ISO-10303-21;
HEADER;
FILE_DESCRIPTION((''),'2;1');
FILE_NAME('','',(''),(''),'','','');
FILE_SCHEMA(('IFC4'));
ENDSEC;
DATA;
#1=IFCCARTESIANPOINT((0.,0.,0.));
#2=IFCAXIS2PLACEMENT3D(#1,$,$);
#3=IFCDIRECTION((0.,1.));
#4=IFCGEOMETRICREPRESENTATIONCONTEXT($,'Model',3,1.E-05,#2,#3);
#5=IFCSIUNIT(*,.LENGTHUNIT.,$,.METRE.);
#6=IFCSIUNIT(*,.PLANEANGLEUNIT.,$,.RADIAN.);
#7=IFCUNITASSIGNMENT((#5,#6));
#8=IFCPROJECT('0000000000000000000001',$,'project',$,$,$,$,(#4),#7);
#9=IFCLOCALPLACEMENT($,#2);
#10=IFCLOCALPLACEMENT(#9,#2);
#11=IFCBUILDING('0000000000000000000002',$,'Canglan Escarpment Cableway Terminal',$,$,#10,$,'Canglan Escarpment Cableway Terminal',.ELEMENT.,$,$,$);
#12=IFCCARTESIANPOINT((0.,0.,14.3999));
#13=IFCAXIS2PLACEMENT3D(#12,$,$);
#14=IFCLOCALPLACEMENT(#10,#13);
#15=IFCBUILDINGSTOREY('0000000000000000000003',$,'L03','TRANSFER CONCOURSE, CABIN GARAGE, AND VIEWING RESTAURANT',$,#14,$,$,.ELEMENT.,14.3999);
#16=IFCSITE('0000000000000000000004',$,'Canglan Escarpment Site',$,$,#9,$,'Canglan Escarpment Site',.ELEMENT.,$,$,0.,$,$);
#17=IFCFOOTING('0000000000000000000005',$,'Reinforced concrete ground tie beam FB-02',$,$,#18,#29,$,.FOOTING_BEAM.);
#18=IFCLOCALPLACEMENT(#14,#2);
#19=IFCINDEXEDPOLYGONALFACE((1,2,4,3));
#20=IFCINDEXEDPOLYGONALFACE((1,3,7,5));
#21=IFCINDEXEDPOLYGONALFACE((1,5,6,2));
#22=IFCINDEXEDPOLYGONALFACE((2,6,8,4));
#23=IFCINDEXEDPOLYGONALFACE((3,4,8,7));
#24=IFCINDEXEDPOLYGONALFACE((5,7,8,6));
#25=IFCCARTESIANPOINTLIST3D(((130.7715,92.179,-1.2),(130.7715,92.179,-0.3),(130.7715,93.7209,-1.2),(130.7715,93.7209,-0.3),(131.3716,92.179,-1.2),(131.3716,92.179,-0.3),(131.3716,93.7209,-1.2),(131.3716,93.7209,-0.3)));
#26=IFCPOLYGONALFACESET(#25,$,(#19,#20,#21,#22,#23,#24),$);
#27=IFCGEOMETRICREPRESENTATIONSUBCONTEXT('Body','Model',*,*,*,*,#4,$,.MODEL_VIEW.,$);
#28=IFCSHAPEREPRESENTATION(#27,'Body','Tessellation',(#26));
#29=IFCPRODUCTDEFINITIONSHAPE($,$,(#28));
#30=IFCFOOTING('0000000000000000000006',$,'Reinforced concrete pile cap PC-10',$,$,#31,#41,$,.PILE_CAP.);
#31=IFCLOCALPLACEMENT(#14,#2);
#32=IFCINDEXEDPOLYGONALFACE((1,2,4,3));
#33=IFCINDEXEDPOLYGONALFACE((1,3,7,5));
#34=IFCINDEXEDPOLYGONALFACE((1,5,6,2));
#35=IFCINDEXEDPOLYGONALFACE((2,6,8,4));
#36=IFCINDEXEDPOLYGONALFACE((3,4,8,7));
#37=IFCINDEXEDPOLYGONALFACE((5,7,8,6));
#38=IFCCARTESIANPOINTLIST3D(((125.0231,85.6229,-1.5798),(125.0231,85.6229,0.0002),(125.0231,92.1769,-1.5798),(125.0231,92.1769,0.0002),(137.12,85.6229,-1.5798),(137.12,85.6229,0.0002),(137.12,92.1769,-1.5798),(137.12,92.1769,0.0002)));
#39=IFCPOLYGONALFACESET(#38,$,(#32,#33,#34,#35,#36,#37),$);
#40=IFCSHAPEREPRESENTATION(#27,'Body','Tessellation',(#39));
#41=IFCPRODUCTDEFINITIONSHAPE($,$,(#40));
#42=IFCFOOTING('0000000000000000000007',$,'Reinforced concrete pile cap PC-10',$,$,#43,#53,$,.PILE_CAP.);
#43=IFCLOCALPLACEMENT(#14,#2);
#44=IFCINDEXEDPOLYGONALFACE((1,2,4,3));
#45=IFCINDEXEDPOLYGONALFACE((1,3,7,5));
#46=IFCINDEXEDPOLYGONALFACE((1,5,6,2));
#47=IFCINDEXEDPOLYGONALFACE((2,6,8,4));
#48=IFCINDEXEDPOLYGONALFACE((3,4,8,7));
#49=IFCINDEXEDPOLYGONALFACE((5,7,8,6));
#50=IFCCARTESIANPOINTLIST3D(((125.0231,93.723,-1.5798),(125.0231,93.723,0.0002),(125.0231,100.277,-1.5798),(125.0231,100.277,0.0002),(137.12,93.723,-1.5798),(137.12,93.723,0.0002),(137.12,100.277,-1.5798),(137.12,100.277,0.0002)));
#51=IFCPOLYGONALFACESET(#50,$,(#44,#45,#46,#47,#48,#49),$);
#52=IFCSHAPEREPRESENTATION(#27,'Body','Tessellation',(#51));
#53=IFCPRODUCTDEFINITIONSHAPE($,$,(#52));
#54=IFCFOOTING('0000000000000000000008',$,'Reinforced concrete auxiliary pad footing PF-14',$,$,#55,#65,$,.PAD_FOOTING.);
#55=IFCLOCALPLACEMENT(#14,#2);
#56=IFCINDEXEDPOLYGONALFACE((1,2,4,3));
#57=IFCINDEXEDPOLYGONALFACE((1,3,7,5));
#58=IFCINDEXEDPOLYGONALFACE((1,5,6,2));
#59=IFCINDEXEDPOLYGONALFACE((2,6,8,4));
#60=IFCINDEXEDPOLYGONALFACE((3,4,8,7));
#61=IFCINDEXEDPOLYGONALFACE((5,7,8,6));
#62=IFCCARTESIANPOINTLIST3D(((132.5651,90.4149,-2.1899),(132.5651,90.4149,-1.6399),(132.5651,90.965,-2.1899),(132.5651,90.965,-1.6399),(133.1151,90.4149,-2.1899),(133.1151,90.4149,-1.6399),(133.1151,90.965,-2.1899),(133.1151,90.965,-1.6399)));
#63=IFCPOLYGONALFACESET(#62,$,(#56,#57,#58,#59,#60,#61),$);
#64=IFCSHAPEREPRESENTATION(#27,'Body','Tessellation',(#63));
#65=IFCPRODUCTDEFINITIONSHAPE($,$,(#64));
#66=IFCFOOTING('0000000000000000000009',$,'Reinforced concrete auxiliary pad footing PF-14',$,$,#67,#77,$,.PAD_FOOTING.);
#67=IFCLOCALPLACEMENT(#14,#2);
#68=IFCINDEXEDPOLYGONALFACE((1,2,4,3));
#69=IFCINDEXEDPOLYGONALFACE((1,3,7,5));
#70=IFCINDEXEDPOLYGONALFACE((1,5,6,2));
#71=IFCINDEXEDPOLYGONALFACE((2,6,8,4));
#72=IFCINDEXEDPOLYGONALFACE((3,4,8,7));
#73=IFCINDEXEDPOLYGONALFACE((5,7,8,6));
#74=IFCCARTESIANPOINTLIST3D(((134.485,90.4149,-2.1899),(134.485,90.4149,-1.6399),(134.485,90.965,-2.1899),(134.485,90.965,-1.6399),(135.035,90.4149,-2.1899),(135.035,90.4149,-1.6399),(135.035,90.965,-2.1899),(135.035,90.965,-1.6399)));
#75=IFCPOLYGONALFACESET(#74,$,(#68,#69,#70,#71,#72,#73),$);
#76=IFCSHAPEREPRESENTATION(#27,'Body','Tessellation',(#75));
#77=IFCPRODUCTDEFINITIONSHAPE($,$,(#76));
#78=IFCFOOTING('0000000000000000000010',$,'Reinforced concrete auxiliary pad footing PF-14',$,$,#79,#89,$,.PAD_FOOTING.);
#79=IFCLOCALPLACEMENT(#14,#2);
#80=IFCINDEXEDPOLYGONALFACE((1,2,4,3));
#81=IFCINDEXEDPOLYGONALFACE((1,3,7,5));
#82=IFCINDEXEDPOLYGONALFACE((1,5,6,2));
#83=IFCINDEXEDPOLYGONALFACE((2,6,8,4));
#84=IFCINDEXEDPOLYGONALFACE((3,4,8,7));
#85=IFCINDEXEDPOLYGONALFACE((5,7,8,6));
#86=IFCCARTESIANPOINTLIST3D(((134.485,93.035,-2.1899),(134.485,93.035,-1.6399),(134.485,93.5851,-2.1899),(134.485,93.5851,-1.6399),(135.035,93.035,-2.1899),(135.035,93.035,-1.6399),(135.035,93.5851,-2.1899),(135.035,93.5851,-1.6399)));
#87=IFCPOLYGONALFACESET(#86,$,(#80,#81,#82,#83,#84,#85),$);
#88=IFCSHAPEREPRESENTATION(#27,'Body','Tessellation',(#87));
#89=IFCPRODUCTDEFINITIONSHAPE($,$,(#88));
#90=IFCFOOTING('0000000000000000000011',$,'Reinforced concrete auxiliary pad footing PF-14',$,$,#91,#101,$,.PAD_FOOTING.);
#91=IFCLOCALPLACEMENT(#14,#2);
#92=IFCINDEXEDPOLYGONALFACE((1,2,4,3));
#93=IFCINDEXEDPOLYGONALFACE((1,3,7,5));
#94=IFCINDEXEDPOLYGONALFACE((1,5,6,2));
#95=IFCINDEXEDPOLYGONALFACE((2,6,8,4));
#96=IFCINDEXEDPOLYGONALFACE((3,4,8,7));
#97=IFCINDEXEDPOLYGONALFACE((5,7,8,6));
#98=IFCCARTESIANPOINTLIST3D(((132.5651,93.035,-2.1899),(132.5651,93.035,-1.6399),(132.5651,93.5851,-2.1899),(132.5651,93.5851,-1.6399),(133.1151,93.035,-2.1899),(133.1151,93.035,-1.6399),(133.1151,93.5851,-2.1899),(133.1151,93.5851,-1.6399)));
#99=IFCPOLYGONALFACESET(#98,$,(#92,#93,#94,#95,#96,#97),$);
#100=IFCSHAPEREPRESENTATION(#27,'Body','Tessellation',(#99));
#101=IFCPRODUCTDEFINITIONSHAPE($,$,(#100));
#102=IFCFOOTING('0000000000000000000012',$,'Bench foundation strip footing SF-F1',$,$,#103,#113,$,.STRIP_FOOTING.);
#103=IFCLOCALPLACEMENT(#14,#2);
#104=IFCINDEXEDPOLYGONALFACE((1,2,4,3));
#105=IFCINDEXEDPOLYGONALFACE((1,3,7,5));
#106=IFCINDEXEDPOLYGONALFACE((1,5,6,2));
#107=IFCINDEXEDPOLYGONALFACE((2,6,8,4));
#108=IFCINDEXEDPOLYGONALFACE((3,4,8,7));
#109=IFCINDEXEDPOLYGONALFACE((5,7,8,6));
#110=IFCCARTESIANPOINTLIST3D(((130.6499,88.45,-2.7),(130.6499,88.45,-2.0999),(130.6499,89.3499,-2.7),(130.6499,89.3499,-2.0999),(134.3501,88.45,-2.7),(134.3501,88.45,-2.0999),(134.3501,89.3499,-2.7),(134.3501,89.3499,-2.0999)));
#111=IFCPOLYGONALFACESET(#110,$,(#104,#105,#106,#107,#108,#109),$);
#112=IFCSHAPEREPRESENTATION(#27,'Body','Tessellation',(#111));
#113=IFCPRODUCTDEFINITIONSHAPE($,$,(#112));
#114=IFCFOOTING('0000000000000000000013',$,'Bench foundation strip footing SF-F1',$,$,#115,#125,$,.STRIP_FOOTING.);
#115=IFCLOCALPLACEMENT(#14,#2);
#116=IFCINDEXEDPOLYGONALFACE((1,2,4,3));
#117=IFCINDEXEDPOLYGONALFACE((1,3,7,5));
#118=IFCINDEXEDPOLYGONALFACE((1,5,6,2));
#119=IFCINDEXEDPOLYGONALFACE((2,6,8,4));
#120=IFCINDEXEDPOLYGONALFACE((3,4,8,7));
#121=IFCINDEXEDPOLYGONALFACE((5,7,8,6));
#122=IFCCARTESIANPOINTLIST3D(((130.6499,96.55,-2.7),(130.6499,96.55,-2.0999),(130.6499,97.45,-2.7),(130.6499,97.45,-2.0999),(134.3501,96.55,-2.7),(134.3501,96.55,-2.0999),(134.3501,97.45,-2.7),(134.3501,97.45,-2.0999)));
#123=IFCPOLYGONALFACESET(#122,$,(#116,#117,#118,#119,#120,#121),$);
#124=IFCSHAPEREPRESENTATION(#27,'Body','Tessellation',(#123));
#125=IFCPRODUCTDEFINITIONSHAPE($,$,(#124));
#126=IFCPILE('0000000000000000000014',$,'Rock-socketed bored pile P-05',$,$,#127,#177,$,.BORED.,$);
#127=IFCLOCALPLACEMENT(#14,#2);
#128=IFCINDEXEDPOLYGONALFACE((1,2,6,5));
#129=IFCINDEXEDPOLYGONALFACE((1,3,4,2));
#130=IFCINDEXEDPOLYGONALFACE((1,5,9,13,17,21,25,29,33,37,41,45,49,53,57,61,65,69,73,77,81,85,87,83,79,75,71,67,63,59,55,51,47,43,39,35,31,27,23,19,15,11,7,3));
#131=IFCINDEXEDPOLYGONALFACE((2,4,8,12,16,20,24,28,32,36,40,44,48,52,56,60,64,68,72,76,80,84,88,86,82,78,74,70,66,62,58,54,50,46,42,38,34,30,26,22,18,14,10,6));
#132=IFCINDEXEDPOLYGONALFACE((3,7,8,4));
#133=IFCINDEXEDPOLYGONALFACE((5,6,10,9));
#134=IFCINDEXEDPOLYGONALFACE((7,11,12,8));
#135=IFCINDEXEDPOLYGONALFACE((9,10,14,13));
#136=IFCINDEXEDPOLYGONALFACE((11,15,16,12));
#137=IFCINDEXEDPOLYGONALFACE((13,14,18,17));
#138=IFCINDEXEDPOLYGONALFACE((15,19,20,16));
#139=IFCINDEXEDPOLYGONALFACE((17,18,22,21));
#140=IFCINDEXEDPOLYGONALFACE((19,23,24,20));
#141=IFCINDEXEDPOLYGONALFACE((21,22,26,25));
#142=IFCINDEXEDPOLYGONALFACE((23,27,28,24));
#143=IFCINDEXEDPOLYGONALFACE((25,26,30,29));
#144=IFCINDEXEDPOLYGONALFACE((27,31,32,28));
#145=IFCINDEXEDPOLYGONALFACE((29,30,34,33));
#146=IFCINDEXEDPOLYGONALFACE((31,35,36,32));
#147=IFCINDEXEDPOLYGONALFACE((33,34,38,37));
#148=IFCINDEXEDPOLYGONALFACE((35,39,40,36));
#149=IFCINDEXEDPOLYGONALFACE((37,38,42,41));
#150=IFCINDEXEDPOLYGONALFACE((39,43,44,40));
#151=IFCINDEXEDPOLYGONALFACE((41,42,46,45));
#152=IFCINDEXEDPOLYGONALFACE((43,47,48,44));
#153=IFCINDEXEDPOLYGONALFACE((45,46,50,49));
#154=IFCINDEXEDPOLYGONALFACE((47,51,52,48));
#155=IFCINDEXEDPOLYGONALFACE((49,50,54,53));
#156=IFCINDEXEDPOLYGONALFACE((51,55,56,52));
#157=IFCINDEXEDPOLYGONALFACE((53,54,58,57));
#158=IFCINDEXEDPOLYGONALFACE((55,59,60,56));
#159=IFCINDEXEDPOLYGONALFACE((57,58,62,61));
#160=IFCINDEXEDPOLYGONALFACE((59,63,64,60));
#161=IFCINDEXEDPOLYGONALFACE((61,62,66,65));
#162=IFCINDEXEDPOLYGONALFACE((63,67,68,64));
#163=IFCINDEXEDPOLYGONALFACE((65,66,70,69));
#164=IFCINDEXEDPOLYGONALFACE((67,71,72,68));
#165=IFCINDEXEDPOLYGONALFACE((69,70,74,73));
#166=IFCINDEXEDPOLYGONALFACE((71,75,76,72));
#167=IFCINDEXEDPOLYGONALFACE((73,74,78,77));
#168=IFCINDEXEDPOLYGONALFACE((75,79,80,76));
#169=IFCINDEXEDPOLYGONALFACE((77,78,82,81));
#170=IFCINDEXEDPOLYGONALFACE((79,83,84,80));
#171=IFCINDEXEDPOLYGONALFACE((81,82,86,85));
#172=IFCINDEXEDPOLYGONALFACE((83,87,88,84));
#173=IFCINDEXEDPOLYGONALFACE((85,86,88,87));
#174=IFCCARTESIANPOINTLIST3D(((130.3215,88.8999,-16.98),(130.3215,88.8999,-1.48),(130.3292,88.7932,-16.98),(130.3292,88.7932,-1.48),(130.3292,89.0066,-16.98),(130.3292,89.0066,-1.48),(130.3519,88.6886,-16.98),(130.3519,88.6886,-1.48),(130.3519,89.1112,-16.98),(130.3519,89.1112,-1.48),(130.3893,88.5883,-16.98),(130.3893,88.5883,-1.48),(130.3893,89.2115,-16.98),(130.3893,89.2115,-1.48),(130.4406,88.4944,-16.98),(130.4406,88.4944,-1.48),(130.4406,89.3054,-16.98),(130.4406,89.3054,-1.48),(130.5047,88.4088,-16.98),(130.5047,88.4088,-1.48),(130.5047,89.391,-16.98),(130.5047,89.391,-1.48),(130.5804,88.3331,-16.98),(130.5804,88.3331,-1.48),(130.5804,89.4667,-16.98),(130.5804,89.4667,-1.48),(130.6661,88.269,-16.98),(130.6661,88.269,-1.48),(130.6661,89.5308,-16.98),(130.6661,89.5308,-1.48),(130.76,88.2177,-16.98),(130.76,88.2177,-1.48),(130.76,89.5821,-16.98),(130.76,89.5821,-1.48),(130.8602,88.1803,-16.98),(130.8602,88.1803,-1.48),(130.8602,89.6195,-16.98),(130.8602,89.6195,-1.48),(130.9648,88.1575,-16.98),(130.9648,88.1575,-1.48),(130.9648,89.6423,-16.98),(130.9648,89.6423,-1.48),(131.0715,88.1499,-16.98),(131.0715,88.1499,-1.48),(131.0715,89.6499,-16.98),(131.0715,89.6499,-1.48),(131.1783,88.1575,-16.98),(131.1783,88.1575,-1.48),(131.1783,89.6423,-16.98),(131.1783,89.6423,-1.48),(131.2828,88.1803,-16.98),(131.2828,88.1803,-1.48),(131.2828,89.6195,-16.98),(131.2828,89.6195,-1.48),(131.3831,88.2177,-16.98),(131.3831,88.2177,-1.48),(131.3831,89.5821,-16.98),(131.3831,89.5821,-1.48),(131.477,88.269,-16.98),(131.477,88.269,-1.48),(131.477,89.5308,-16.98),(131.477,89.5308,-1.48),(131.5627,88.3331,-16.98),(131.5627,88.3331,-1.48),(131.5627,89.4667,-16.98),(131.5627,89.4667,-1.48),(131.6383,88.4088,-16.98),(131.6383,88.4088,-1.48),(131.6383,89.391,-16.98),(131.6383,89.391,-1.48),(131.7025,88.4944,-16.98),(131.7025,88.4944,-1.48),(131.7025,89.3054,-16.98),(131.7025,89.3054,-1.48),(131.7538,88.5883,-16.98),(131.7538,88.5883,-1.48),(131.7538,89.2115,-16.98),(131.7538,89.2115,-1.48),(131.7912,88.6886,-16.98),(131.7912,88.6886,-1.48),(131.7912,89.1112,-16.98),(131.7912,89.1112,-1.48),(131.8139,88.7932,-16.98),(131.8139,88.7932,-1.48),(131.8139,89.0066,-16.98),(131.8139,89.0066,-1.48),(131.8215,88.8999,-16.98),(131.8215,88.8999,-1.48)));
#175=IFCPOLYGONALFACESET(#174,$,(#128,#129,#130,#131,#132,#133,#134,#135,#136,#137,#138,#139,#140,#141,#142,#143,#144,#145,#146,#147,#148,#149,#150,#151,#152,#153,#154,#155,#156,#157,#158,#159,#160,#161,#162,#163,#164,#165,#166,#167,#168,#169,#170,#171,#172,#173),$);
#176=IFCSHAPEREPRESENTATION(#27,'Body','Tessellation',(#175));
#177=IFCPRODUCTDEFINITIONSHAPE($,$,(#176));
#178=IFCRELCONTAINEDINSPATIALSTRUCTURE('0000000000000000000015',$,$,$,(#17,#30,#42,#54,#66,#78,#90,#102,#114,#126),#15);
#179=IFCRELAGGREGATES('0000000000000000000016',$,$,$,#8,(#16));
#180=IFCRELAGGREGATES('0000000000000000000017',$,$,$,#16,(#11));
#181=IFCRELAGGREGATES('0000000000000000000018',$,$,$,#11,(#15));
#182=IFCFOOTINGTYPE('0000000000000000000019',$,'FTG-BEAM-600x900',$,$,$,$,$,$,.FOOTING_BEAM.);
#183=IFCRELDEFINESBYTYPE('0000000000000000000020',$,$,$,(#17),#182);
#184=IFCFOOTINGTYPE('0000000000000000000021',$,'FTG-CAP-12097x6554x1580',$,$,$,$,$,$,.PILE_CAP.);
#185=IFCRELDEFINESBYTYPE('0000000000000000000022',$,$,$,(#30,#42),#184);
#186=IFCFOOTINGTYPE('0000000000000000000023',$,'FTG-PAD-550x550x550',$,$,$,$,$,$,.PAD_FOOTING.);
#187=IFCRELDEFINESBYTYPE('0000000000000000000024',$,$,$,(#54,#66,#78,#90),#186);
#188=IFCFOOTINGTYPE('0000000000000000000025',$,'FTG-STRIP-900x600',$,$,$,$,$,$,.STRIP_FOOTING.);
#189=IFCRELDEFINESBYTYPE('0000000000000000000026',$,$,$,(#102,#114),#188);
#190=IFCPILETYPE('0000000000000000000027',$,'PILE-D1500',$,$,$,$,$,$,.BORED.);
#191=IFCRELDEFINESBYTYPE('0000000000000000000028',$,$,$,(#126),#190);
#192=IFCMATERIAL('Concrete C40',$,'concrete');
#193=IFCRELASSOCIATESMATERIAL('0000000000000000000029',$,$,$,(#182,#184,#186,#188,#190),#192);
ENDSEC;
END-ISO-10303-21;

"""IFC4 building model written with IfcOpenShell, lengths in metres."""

from ifc_helpers import new_model, si_unit, direction, frame, origin, origin_2d, place, context, subcontext, project, spatial, rectangle, circle, extrude, material, material_profile, profile_set, type_object, element, save


model = new_model("IFC4")

# Units and contexts
model_context = context("Model", 3, precision=1e-05, world=origin(), true_north=direction((0.0, 1.0)))
body_context = subcontext(model_context, "Body", "Model", "MODEL_VIEW")
ifc_project = project(units=[si_unit("LENGTHUNIT", "METRE"), si_unit("PLANEANGLEUNIT", "RADIAN")], contexts=[model_context])

# Site, building, storey
site_placement = place(None, origin())
site = spatial("IfcSite", under=ifc_project, at=site_placement, Name="Canglan Escarpment Site", LongName="Canglan Escarpment Site", CompositionType="ELEMENT", RefElevation=0.0)
building_placement = place(site_placement, origin())
building = spatial("IfcBuilding", under=site, at=building_placement, Name="Canglan Escarpment Cableway Terminal", LongName="Canglan Escarpment Cableway Terminal", CompositionType="ELEMENT")
storey_placement = place(building_placement, frame((0.0, 0.0, 14.3999)))
storey = spatial("IfcBuildingStorey", under=building, at=storey_placement, Name="L03", Description="TRANSFER CONCOURSE, CABIN GARAGE, AND VIEWING RESTAURANT", CompositionType="ELEMENT", Elevation=14.3999)

# Footings
ifc_material_1 = material(Name="Concrete C40", Category="concrete")
ifc_material_profile_1 = material_profile(ifc_material_1, rectangle(XDim=0.6001, YDim=0.8999, at=origin_2d()), Name="FB 600x900")
ifc_profile_set_1 = profile_set([ifc_material_profile_1], Name="Concrete C40")
footing_type_1 = type_object("IfcFootingType", Name="FTG-BEAM-600x900", PredefinedType="FOOTING_BEAM", material=ifc_profile_set_1)
footing_placement = place(storey_placement, frame((131.0715, 92.179, -0.75), z_axis=(0.0, 1.0, 0.0), x_axis=(-1.0, 0.0, 0.0)))
element("IfcFooting", 1, at=footing_placement, inside=storey, type_object=footing_type_1, Name="Reinforced concrete ground tie beam FB-02", PredefinedType="FOOTING_BEAM", context=body_context, shape_type="SweptSolid", body=[
    extrude(rectangle(XDim=0.6001, YDim=0.8999, at=origin_2d()), origin(), (0.0, 0.0, 1.0), 1.542),
])
footing_type_2 = type_object("IfcFootingType", Name="FTG-CAP-12097x6554x1580", PredefinedType="PILE_CAP", material=ifc_material_1)
for number, where, z_axis, x_axis, name in (
    (2, (131.0715, 88.8999, -1.5798), (0.0, 0.0, 1.0), (1.0, 0.0, 0.0), "Reinforced concrete pile cap PC-10"),
    (3, (131.0715, 97.0, -1.5798), (0.0, 0.0, 1.0), (1.0, 0.0, 0.0), "Reinforced concrete pile cap PC-10"),
):
    element("IfcFooting", number, at=place(storey_placement, frame(where, z_axis=z_axis, x_axis=x_axis)), inside=storey, type_object=footing_type_2, Name=name, PredefinedType="PILE_CAP", context=body_context, shape_type="SweptSolid", body=[
        extrude(rectangle(XDim=12.0969, YDim=6.554, at=origin_2d()), origin(), (0.0, 0.0, 1.0), 1.5801),
    ])
footing_type_3 = type_object("IfcFootingType", Name="FTG-PAD-550x550x550", PredefinedType="PAD_FOOTING", material=ifc_material_1)
for number, where, z_axis, x_axis, name in (
    (4, (132.8401, 90.6899, -2.1899), (0.0, 0.0, 1.0), (1.0, 0.0, 0.0), "Reinforced concrete auxiliary pad footing PF-14"),
    (5, (134.76, 90.6899, -2.1899), (0.0, 0.0, 1.0), (1.0, 0.0, 0.0), "Reinforced concrete auxiliary pad footing PF-14"),
    (6, (134.76, 93.3101, -2.1899), (0.0, 0.0, 1.0), (1.0, 0.0, 0.0), "Reinforced concrete auxiliary pad footing PF-14"),
    (7, (132.8401, 93.3101, -2.1899), (0.0, 0.0, 1.0), (1.0, 0.0, 0.0), "Reinforced concrete auxiliary pad footing PF-14"),
):
    element("IfcFooting", number, at=place(storey_placement, frame(where, z_axis=z_axis, x_axis=x_axis)), inside=storey, type_object=footing_type_3, Name=name, PredefinedType="PAD_FOOTING", context=body_context, shape_type="SweptSolid", body=[
        extrude(rectangle(XDim=0.55, YDim=0.55, at=origin_2d()), origin(), (0.0, 0.0, 1.0), 0.55),
    ])
ifc_material_profile_2 = material_profile(ifc_material_1, rectangle(XDim=0.8999, YDim=0.6001, at=origin_2d()), Name="SF 900x600")
ifc_profile_set_2 = profile_set([ifc_material_profile_2], Name="Concrete C40")
footing_type_4 = type_object("IfcFootingType", Name="FTG-STRIP-900x600", PredefinedType="STRIP_FOOTING", material=ifc_profile_set_2)
for number, where, z_axis, x_axis, name in (
    (8, (130.6499, 88.8999, -2.3999), (1.0, 0.0, 0.0), (0.0, 1.0, 0.0), "Bench foundation strip footing SF-F1"),
    (9, (130.6499, 97.0, -2.3999), (1.0, 0.0, 0.0), (0.0, 1.0, 0.0), "Bench foundation strip footing SF-F1"),
):
    element("IfcFooting", number, at=place(storey_placement, frame(where, z_axis=z_axis, x_axis=x_axis)), inside=storey, type_object=footing_type_4, Name=name, PredefinedType="STRIP_FOOTING", context=body_context, shape_type="SweptSolid", body=[
        extrude(rectangle(XDim=0.8999, YDim=0.6001, at=origin_2d()), origin(), (0.0, 0.0, 1.0), 3.7002),
    ])

# Pile
ifc_material_profile_3 = material_profile(ifc_material_1, circle(Radius=0.75, at=origin_2d()), Name="BORED PILE D1500")
ifc_profile_set_3 = profile_set([ifc_material_profile_3], Name="Concrete C40")
pile_type = type_object("IfcPileType", Name="PILE-D1500", PredefinedType="BORED", material=ifc_profile_set_3)
for number, where, z_axis, x_axis, name in (
    (10, (131.0715, 88.8999, -1.48), (0.0, 0.0, -1.0), (1.0, 0.0, 0.0), "Rock-socketed bored pile P-05"),
):
    element("IfcPile", number, at=place(storey_placement, frame(where, z_axis=z_axis, x_axis=x_axis)), inside=storey, type_object=pile_type, Name=name, PredefinedType="BORED", context=body_context, shape_type="SweptSolid", body=[
        extrude(circle(Radius=0.75, at=origin_2d()), origin(), (0.0, 0.0, 1.0), 15.5),
    ])

save(model, "model.ifc")
